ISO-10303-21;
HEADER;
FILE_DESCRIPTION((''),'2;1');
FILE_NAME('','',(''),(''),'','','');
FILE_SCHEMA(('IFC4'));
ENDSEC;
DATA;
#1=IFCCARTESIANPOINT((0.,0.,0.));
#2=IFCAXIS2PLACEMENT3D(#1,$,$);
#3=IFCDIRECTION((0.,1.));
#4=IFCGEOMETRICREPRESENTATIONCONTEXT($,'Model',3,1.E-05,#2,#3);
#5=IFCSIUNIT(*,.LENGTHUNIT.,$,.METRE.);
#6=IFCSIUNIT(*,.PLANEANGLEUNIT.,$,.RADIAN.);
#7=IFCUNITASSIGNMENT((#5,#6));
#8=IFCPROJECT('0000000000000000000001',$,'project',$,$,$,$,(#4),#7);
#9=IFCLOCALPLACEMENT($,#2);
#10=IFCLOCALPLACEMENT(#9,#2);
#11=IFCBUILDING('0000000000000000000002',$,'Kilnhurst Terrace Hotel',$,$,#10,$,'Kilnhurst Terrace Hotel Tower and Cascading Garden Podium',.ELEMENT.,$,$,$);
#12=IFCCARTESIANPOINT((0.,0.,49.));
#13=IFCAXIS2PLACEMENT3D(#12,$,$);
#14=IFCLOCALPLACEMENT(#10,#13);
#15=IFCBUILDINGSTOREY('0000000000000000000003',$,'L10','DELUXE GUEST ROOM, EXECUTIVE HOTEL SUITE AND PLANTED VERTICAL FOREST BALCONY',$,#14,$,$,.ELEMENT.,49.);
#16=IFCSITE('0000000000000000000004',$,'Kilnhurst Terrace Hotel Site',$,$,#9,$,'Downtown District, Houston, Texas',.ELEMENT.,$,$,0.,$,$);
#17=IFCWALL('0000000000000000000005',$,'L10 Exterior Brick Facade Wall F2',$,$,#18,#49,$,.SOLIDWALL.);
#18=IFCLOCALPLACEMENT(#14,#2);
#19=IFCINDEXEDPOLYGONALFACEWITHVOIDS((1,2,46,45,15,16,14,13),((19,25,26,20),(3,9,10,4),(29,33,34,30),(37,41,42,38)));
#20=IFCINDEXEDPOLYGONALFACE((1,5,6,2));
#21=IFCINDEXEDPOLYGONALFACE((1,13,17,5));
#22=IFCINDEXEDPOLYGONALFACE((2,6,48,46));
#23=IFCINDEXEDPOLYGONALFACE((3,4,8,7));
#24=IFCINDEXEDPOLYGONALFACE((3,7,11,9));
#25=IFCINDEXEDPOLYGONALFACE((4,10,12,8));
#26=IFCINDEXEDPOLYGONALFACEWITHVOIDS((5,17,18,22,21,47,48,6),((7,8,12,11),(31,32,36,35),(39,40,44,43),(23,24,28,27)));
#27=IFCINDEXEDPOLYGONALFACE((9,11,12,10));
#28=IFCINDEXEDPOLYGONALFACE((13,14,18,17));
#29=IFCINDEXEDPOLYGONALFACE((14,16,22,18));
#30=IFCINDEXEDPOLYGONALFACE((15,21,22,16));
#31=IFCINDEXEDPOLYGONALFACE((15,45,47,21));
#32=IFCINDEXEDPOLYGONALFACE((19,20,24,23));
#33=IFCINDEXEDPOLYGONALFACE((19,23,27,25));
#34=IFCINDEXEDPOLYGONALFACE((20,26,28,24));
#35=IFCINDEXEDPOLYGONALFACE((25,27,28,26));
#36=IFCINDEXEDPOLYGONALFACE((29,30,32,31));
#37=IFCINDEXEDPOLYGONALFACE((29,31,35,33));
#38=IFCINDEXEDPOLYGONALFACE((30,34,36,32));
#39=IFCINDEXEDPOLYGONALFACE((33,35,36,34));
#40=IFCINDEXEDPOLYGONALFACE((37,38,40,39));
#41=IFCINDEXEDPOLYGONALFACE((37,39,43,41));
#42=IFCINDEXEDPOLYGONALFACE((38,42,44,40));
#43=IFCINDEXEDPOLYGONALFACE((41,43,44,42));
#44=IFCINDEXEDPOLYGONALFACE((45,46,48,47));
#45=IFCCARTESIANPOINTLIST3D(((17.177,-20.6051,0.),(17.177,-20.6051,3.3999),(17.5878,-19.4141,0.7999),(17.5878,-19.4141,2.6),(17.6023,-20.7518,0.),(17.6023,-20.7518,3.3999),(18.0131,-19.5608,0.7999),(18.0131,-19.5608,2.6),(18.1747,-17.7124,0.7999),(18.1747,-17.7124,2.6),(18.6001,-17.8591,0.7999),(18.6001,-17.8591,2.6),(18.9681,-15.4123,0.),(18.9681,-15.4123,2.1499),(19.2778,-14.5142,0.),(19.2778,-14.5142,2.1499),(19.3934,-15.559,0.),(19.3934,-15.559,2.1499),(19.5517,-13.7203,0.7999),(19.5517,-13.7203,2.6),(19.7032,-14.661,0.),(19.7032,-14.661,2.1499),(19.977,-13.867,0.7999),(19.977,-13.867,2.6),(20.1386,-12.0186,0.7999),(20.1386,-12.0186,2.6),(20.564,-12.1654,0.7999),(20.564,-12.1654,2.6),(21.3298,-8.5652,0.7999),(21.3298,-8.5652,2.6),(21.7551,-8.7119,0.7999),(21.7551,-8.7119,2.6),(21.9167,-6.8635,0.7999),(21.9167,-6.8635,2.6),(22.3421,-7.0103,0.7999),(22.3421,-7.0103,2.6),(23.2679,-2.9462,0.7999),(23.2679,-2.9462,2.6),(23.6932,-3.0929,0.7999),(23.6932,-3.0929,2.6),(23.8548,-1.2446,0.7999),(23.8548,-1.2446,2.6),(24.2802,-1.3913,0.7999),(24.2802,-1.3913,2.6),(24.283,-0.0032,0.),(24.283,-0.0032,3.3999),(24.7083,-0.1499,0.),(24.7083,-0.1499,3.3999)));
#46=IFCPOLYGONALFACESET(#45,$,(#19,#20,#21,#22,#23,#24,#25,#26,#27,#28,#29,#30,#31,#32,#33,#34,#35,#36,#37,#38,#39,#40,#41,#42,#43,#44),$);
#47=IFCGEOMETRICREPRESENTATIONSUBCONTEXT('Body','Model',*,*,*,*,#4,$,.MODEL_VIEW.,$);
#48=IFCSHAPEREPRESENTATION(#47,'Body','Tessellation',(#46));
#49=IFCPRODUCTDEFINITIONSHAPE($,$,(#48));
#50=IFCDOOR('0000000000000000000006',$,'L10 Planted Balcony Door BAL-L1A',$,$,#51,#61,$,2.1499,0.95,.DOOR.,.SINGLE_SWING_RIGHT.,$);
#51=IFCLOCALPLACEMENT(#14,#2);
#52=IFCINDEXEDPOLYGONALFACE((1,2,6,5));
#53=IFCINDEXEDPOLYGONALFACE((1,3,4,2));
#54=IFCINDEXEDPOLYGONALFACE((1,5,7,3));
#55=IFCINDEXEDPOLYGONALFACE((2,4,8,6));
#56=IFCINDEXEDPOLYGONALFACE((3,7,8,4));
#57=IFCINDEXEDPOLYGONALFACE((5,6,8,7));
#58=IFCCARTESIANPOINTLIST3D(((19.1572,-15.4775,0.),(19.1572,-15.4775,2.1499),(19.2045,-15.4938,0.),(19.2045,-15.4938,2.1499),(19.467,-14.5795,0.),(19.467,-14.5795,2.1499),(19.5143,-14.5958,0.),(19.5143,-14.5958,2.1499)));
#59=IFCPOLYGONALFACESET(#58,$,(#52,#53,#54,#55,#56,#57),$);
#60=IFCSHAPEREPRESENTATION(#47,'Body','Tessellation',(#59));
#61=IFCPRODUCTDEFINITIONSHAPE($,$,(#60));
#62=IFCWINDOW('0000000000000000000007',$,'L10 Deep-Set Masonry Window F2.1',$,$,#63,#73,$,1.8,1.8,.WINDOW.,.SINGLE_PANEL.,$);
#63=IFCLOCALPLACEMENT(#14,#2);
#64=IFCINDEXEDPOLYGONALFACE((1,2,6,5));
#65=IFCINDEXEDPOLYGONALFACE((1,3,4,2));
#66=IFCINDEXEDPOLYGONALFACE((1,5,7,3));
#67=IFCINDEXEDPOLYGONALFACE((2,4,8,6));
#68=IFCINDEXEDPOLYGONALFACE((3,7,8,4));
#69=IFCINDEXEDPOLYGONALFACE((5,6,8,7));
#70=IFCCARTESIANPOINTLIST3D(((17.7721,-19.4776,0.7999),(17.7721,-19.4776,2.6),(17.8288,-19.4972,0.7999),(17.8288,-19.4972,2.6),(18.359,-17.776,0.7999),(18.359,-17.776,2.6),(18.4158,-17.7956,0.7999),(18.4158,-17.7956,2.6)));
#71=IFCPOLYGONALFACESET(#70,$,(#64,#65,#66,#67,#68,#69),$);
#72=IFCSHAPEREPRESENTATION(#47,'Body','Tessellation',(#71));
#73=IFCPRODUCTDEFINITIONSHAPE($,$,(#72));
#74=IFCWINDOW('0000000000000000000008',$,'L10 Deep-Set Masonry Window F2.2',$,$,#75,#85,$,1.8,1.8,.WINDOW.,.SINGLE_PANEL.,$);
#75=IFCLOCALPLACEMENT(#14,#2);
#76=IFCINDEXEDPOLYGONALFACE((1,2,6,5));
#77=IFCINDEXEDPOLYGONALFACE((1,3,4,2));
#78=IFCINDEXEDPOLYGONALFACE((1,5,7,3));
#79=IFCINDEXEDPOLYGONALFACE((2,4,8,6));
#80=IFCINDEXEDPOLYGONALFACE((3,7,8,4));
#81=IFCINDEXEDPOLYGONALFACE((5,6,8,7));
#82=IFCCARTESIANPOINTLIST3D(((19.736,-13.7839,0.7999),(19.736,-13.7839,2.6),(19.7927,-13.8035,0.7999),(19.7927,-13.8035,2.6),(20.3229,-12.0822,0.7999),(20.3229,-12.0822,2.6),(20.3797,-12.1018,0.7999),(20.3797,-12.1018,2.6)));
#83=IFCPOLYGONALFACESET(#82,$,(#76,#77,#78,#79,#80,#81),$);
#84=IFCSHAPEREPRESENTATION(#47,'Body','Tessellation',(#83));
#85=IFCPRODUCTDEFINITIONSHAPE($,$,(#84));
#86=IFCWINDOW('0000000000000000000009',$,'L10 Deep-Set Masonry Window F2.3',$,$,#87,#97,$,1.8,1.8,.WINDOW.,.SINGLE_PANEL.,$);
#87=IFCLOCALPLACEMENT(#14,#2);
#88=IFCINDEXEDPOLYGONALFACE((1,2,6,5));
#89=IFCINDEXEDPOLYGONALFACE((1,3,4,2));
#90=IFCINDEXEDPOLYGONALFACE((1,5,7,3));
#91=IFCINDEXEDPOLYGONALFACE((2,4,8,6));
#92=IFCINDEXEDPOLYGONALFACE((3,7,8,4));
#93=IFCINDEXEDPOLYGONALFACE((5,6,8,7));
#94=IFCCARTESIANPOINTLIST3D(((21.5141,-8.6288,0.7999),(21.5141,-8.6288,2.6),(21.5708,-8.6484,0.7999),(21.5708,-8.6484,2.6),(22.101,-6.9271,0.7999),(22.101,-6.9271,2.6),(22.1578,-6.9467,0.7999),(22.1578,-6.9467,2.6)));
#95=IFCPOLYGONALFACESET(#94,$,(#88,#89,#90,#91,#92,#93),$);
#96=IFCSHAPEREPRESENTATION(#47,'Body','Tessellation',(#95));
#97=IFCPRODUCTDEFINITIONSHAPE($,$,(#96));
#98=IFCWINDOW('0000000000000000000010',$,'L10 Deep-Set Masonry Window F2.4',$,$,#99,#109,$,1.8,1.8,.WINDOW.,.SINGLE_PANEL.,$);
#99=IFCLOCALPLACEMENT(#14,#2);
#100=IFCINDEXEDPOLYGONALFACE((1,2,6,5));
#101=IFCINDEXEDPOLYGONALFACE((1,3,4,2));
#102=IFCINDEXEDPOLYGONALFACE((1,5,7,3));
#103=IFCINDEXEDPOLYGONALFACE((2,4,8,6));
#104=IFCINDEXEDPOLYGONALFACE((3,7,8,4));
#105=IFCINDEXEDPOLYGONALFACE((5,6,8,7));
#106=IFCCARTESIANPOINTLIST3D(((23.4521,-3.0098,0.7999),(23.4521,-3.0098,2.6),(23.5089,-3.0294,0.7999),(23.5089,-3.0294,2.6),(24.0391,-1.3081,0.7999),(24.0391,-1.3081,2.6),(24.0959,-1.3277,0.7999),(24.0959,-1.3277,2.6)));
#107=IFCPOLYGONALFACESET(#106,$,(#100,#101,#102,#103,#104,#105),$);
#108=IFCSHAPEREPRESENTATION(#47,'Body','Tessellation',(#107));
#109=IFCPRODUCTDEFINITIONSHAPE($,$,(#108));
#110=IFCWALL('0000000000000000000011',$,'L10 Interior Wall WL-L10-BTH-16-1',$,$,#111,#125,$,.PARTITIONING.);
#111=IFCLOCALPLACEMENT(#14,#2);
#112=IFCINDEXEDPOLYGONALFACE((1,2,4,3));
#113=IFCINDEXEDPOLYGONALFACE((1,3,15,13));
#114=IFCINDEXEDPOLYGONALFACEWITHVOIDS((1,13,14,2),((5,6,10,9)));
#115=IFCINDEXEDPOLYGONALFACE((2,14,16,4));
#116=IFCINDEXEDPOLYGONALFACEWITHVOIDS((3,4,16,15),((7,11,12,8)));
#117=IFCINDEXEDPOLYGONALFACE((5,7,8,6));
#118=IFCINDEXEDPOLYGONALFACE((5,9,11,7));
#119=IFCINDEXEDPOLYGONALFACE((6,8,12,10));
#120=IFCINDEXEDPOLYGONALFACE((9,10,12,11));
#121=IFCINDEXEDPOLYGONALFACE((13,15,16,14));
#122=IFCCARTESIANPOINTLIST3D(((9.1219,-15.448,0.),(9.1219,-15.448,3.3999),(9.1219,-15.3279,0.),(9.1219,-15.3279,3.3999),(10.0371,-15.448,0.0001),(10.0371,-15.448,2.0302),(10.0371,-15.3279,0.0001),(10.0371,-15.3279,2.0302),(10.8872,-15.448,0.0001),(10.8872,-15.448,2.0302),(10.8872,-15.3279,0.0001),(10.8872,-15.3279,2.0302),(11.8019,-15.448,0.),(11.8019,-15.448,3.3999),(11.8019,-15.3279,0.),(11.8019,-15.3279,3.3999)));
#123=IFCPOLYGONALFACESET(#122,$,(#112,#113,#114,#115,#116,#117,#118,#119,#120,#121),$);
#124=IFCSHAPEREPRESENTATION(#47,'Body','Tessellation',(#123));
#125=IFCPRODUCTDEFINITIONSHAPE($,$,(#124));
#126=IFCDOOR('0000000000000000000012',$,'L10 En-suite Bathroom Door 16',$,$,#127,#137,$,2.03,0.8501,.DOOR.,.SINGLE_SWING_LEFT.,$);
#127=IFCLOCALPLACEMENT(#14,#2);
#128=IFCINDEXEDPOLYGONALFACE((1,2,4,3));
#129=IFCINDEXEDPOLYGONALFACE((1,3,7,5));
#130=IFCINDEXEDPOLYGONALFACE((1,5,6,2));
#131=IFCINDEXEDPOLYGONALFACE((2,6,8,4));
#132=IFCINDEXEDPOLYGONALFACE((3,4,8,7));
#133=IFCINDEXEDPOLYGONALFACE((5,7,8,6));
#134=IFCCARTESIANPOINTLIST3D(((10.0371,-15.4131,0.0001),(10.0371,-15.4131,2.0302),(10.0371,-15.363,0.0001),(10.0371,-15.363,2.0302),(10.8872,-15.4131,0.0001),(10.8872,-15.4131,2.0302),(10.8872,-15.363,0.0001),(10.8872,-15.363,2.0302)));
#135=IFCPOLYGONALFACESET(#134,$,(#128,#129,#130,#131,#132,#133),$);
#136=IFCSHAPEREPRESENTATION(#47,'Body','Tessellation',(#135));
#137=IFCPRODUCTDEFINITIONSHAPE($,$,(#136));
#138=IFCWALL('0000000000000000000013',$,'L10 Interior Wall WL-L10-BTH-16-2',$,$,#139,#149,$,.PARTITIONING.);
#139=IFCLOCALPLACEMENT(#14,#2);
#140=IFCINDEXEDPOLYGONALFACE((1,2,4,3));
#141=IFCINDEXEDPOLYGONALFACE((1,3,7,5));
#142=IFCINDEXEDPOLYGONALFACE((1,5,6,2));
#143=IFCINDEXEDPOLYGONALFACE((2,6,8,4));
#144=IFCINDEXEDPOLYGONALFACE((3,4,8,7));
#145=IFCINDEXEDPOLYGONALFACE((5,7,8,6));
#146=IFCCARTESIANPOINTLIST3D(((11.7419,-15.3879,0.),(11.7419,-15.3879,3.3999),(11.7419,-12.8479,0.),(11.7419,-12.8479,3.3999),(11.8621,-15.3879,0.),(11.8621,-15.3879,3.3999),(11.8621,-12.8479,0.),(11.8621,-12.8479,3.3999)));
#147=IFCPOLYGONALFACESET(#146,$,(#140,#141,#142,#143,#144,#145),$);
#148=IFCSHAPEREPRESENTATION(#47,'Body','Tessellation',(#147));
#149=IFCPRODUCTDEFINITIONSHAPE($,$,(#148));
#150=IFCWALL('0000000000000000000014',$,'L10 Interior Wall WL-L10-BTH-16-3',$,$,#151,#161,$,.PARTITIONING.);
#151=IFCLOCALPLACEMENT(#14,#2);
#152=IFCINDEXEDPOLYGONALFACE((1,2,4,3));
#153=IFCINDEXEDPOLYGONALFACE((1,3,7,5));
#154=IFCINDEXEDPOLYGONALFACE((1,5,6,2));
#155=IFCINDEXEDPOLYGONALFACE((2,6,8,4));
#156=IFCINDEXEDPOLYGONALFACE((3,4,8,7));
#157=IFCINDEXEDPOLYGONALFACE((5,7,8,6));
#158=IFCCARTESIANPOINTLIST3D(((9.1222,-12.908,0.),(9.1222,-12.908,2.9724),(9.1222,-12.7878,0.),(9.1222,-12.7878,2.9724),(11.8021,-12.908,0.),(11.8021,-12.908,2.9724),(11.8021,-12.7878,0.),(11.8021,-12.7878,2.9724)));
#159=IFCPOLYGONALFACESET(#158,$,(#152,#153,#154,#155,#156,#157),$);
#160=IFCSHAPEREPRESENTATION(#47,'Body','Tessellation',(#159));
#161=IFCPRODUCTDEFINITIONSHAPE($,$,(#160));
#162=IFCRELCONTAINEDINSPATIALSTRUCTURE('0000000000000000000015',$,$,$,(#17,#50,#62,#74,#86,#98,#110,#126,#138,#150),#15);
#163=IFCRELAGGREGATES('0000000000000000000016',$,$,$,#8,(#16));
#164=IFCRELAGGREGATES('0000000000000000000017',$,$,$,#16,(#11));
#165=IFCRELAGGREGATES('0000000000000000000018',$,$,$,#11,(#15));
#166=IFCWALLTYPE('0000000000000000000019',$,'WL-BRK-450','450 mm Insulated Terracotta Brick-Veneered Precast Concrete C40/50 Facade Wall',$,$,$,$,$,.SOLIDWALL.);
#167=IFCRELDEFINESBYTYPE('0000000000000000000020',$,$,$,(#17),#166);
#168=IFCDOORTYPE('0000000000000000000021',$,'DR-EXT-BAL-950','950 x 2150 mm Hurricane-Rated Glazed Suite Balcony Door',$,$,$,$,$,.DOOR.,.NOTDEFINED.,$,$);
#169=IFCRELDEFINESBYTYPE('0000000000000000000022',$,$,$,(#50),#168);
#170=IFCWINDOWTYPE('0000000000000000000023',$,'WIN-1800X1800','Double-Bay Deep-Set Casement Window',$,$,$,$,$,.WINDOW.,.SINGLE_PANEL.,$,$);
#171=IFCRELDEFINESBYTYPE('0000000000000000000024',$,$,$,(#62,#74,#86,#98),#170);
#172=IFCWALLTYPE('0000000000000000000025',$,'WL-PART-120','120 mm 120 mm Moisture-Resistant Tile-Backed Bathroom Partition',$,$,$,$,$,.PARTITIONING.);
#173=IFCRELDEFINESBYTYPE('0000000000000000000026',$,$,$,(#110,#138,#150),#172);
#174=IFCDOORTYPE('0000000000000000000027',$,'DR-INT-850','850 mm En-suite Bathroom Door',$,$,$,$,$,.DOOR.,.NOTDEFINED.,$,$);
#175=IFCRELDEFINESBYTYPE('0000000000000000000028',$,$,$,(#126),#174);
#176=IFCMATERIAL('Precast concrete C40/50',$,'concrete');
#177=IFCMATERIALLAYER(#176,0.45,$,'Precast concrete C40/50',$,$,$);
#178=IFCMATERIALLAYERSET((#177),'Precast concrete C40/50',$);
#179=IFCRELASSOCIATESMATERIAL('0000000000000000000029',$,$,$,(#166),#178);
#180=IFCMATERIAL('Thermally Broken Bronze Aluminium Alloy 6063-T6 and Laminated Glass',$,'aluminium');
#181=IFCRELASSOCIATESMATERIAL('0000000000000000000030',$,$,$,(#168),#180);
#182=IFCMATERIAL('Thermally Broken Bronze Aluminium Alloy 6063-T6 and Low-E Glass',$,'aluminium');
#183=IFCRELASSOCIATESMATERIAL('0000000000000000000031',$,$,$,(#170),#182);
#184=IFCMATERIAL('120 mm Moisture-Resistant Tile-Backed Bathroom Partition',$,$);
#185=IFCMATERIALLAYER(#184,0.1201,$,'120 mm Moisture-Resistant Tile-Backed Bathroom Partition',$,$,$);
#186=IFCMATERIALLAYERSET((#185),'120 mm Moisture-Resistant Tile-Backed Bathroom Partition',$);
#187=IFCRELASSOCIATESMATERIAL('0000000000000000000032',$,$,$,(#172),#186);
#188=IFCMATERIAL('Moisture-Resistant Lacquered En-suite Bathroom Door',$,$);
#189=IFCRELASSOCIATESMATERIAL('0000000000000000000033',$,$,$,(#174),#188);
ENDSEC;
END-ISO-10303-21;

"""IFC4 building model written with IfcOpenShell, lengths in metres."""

from ifc_helpers import new_model, si_unit, direction, frame, frame_2d, origin, place, context, subcontext, project, spatial, rectangle, extrude, material, layer, layer_set, type_object, element, fill, save


model = new_model("IFC4")

# Units and contexts
model_context = context("Model", 3, precision=1e-05, world=origin(), true_north=direction((0.0, 1.0)))
body_context = subcontext(model_context, "Body", "Model", "MODEL_VIEW")
ifc_project = project(units=[si_unit("LENGTHUNIT", "METRE"), si_unit("PLANEANGLEUNIT", "RADIAN")], contexts=[model_context])

# Site, building, storey
site_placement = place(None, origin())
site = spatial("IfcSite", under=ifc_project, at=site_placement, Name="Kilnhurst Terrace Hotel Site", LongName="Downtown District, Houston, Texas", CompositionType="ELEMENT", RefElevation=0.0)
building_placement = place(site_placement, origin())
building = spatial("IfcBuilding", under=site, at=building_placement, Name="Kilnhurst Terrace Hotel", LongName="Kilnhurst Terrace Hotel Tower and Cascading Garden Podium", CompositionType="ELEMENT")
storey_placement = place(building_placement, frame((0.0, 0.0, 49.0)))
storey = spatial("IfcBuildingStorey", under=building, at=storey_placement, Name="L10", Description="DELUXE GUEST ROOM, EXECUTIVE HOTEL SUITE AND PLANTED VERTICAL FOREST BALCONY", CompositionType="ELEMENT", Elevation=49.0)

# Shared definitions
ifc_material_1 = material(Name="Precast concrete C40/50", Category="concrete")
ifc_layer_1 = layer(ifc_material_1, 0.45, Name="Precast concrete C40/50")
ifc_layer_set_1 = layer_set([ifc_layer_1], Name="Precast concrete C40/50")
wall_type_1 = type_object("IfcWallType", Name="WL-BRK-450", Description="450 mm Insulated Terracotta Brick-Veneered Precast Concrete C40/50 Facade Wall", PredefinedType="SOLIDWALL", material=ifc_layer_set_1)

# Wall, openings, door, windows
wall_1_placement = place(storey_placement, frame((17.3896, -20.6785, 0.0), z_axis=(0.0, 0.0, 1.0), x_axis=(0.326068, 0.945346, 0.0)))
wall_1 = element("IfcWall", 1, at=wall_1_placement, inside=storey, type_object=wall_type_1, Name="L10 Exterior Brick Facade Wall F2", PredefinedType="SOLIDWALL", context=body_context, shape_type="SweptSolid", body=[
    extrude(rectangle(XDim=21.793, YDim=0.45, at=frame_2d((10.8965, 0.0))), origin(), (0.0, 0.0, 1.0), 3.3999),
])
opening_1_placement = place(wall_1_placement, frame((5.4929, 0.0, 0.0)))
opening_1 = element("IfcOpeningElement", 2, at=opening_1_placement, cuts=wall_1, PredefinedType="OPENING", context=body_context, shape_type="SweptSolid", body=[
    extrude(rectangle(XDim=0.95, YDim=2.1499, at=frame_2d((0.4751, 1.075))), frame((0.0, 0.2349, 0.0), z_axis=(0.0, -1.0, 0.0), x_axis=(1.0, 0.0, 0.0)), (0.0, 0.0, 1.0), 0.47),
])
opening_2_placement = place(wall_1_placement, frame((1.26, 0.0, 0.8)))
opening_2 = element("IfcOpeningElement", 3, at=opening_2_placement, cuts=wall_1, PredefinedType="OPENING", context=body_context, shape_type="SweptSolid", body=[
    extrude(rectangle(XDim=1.8, YDim=1.8, at=frame_2d((0.8999, 0.8999))), frame((0.0, 0.2349, 0.0), z_axis=(0.0, -1.0, 0.0), x_axis=(1.0, 0.0, 0.0)), (0.0, 0.0, 1.0), 0.47),
])
opening_3_placement = place(wall_1_placement, frame((7.283, 0.0, 0.8)))
opening_3 = element("IfcOpeningElement", 4, at=opening_3_placement, cuts=wall_1, PredefinedType="OPENING", context=body_context, shape_type="SweptSolid", body=[
    extrude(rectangle(XDim=1.8, YDim=1.8, at=frame_2d((0.8999, 0.8999))), frame((0.0, 0.2349, 0.0), z_axis=(0.0, -1.0, 0.0), x_axis=(1.0, 0.0, 0.0)), (0.0, 0.0, 1.0), 0.47),
])
opening_4_placement = place(wall_1_placement, frame((12.7361, 0.0, 0.8)))
opening_4 = element("IfcOpeningElement", 5, at=opening_4_placement, cuts=wall_1, PredefinedType="OPENING", context=body_context, shape_type="SweptSolid", body=[
    extrude(rectangle(XDim=1.8, YDim=1.8, at=frame_2d((0.8999, 0.8999))), frame((0.0, 0.2349, 0.0), z_axis=(0.0, -1.0, 0.0), x_axis=(1.0, 0.0, 0.0)), (0.0, 0.0, 1.0), 0.47),
])
opening_5_placement = place(wall_1_placement, frame((18.6799, 0.0, 0.8)))
opening_5 = element("IfcOpeningElement", 6, at=opening_5_placement, cuts=wall_1, PredefinedType="OPENING", context=body_context, shape_type="SweptSolid", body=[
    extrude(rectangle(XDim=1.8, YDim=1.8, at=frame_2d((0.8999, 0.8999))), frame((0.0, 0.2349, 0.0), z_axis=(0.0, -1.0, 0.0), x_axis=(1.0, 0.0, 0.0)), (0.0, 0.0, 1.0), 0.47),
])
ifc_material_2 = material(Name="Thermally Broken Bronze Aluminium Alloy 6063-T6 and Laminated Glass", Category="aluminium")
door_type_1 = type_object("IfcDoorType", Name="DR-EXT-BAL-950", Description="950 x 2150 mm Hurricane-Rated Glazed Suite Balcony Door", OperationType="NOTDEFINED", PredefinedType="DOOR", material=ifc_material_2)
door_1_placement = place(opening_1_placement, origin())
door_1 = element("IfcDoor", 7, at=door_1_placement, inside=storey, type_object=door_type_1, Name="L10 Planted Balcony Door BAL-L1A", OperationType="SINGLE_SWING_RIGHT", OverallHeight=2.1499, OverallWidth=0.95, PredefinedType="DOOR", context=body_context, shape_type="SweptSolid", body=[
    extrude(rectangle(XDim=0.95, YDim=2.1499, at=frame_2d((0.4751, 1.075))), frame((0.0, 0.0249, 0.0), z_axis=(0.0, -1.0, 0.0), x_axis=(1.0, 0.0, 0.0)), (0.0, 0.0, 1.0), 0.05),
])
fill(opening_1, door_1)
ifc_material_3 = material(Name="Thermally Broken Bronze Aluminium Alloy 6063-T6 and Low-E Glass", Category="aluminium")
window_type = type_object("IfcWindowType", Name="WIN-1800X1800", Description="Double-Bay Deep-Set Casement Window", PartitioningType="SINGLE_PANEL", PredefinedType="WINDOW", material=ifc_material_3)
window_1_placement = place(opening_2_placement, origin())
window_1 = element("IfcWindow", 8, at=window_1_placement, inside=storey, type_object=window_type, Name="L10 Deep-Set Masonry Window F2.1", OverallHeight=1.8, OverallWidth=1.8, PartitioningType="SINGLE_PANEL", PredefinedType="WINDOW", context=body_context, shape_type="SweptSolid", body=[
    extrude(rectangle(XDim=1.8, YDim=1.8, at=frame_2d((0.8999, 0.8999))), frame((0.0, 0.03, 0.0), z_axis=(0.0, -1.0, 0.0), x_axis=(1.0, 0.0, 0.0)), (0.0, 0.0, 1.0), 0.0601),
])
fill(opening_2, window_1)
window_2_placement = place(opening_3_placement, origin())
window_2 = element("IfcWindow", 9, at=window_2_placement, inside=storey, type_object=window_type, Name="L10 Deep-Set Masonry Window F2.2", OverallHeight=1.8, OverallWidth=1.8, PartitioningType="SINGLE_PANEL", PredefinedType="WINDOW", context=body_context, shape_type="SweptSolid", body=[
    extrude(rectangle(XDim=1.8, YDim=1.8, at=frame_2d((0.8999, 0.8999))), frame((0.0, 0.03, 0.0), z_axis=(0.0, -1.0, 0.0), x_axis=(1.0, 0.0, 0.0)), (0.0, 0.0, 1.0), 0.0601),
])
fill(opening_3, window_2)
window_3_placement = place(opening_4_placement, origin())
window_3 = element("IfcWindow", 10, at=window_3_placement, inside=storey, type_object=window_type, Name="L10 Deep-Set Masonry Window F2.3", OverallHeight=1.8, OverallWidth=1.8, PartitioningType="SINGLE_PANEL", PredefinedType="WINDOW", context=body_context, shape_type="SweptSolid", body=[
    extrude(rectangle(XDim=1.8, YDim=1.8, at=frame_2d((0.8999, 0.8999))), frame((0.0, 0.03, 0.0), z_axis=(0.0, -1.0, 0.0), x_axis=(1.0, 0.0, 0.0)), (0.0, 0.0, 1.0), 0.0601),
])
fill(opening_4, window_3)
window_4_placement = place(opening_5_placement, origin())
window_4 = element("IfcWindow", 11, at=window_4_placement, inside=storey, type_object=window_type, Name="L10 Deep-Set Masonry Window F2.4", OverallHeight=1.8, OverallWidth=1.8, PartitioningType="SINGLE_PANEL", PredefinedType="WINDOW", context=body_context, shape_type="SweptSolid", body=[
    extrude(rectangle(XDim=1.8, YDim=1.8, at=frame_2d((0.8999, 0.8999))), frame((0.0, 0.03, 0.0), z_axis=(0.0, -1.0, 0.0), x_axis=(1.0, 0.0, 0.0)), (0.0, 0.0, 1.0), 0.0601),
])
fill(opening_5, window_4)

# Wall, opening, door
ifc_material_4 = material(Name="120 mm Moisture-Resistant Tile-Backed Bathroom Partition")
ifc_layer_2 = layer(ifc_material_4, 0.1201, Name="120 mm Moisture-Resistant Tile-Backed Bathroom Partition")
ifc_layer_set_2 = layer_set([ifc_layer_2], Name="120 mm Moisture-Resistant Tile-Backed Bathroom Partition")
wall_type_2 = type_object("IfcWallType", Name="WL-PART-120", Description="120 mm 120 mm Moisture-Resistant Tile-Backed Bathroom Partition", PredefinedType="PARTITIONING", material=ifc_layer_set_2)
wall_2_placement = place(storey_placement, frame((9.1221, -15.3879, 0.0), z_axis=(0.0, 0.0, 1.0), x_axis=(1.0, 0.0, 0.0)))
wall_2 = element("IfcWall", 12, at=wall_2_placement, inside=storey, type_object=wall_type_2, Name="L10 Interior Wall WL-L10-BTH-16-1", PredefinedType="PARTITIONING", context=body_context, shape_type="SweptSolid", body=[
    extrude(rectangle(XDim=2.6799, YDim=0.1201, at=frame_2d((1.3398, 0.0))), origin(), (0.0, 0.0, 1.0), 3.3999),
])
opening_6_placement = place(wall_2_placement, frame((0.915, 0.0, 0.0)))
opening_6 = element("IfcOpeningElement", 13, at=opening_6_placement, cuts=wall_2, PredefinedType="OPENING", context=body_context, shape_type="SweptSolid", body=[
    extrude(rectangle(XDim=0.8501, YDim=2.03, at=frame_2d((0.425, 1.0151))), frame((0.0, 0.0701, 0.0), z_axis=(0.0, -1.0, 0.0), x_axis=(1.0, 0.0, 0.0)), (0.0, 0.0, 1.0), 0.1401),
])
ifc_material_5 = material(Name="Moisture-Resistant Lacquered En-suite Bathroom Door")
door_type_2 = type_object("IfcDoorType", Name="DR-INT-850", Description="850 mm En-suite Bathroom Door", OperationType="NOTDEFINED", PredefinedType="DOOR", material=ifc_material_5)
door_2_placement = place(opening_6_placement, origin())
door_2 = element("IfcDoor", 14, at=door_2_placement, inside=storey, type_object=door_type_2, Name="L10 En-suite Bathroom Door 16", OperationType="SINGLE_SWING_LEFT", OverallHeight=2.03, OverallWidth=0.8501, PredefinedType="DOOR", context=body_context, shape_type="SweptSolid", body=[
    extrude(rectangle(XDim=0.8501, YDim=2.03, at=frame_2d((0.425, 1.0151))), frame((0.0, 0.0249, 0.0), z_axis=(0.0, -1.0, 0.0), x_axis=(1.0, 0.0, 0.0)), (0.0, 0.0, 1.0), 0.05),
])
fill(opening_6, door_2)

# Walls
wall_3_placement = place(storey_placement, frame((11.802, -15.3879, 0.0), z_axis=(0.0, 0.0, 1.0), x_axis=(0.0, 1.0, 0.0)))
element("IfcWall", 15, at=wall_3_placement, inside=storey, type_object=wall_type_2, Name="L10 Interior Wall WL-L10-BTH-16-2", PredefinedType="PARTITIONING", context=body_context, shape_type="SweptSolid", body=[
    extrude(rectangle(XDim=2.54, YDim=0.1201, at=frame_2d((1.27, 0.0))), origin(), (0.0, 0.0, 1.0), 3.3999),
])
wall_4_placement = place(storey_placement, frame((11.802, -12.8479, 0.0), z_axis=(0.0, 0.0, 1.0), x_axis=(-1.0, 0.0, 0.0)))
element("IfcWall", 16, at=wall_4_placement, inside=storey, type_object=wall_type_2, Name="L10 Interior Wall WL-L10-BTH-16-3", PredefinedType="PARTITIONING", context=body_context, shape_type="SweptSolid", body=[
    extrude(rectangle(XDim=2.6799, YDim=0.1201, at=frame_2d((1.3398, 0.0))), origin(), (0.0, 0.0, 1.0), 2.9724),
])

save(model, "model.ifc")
